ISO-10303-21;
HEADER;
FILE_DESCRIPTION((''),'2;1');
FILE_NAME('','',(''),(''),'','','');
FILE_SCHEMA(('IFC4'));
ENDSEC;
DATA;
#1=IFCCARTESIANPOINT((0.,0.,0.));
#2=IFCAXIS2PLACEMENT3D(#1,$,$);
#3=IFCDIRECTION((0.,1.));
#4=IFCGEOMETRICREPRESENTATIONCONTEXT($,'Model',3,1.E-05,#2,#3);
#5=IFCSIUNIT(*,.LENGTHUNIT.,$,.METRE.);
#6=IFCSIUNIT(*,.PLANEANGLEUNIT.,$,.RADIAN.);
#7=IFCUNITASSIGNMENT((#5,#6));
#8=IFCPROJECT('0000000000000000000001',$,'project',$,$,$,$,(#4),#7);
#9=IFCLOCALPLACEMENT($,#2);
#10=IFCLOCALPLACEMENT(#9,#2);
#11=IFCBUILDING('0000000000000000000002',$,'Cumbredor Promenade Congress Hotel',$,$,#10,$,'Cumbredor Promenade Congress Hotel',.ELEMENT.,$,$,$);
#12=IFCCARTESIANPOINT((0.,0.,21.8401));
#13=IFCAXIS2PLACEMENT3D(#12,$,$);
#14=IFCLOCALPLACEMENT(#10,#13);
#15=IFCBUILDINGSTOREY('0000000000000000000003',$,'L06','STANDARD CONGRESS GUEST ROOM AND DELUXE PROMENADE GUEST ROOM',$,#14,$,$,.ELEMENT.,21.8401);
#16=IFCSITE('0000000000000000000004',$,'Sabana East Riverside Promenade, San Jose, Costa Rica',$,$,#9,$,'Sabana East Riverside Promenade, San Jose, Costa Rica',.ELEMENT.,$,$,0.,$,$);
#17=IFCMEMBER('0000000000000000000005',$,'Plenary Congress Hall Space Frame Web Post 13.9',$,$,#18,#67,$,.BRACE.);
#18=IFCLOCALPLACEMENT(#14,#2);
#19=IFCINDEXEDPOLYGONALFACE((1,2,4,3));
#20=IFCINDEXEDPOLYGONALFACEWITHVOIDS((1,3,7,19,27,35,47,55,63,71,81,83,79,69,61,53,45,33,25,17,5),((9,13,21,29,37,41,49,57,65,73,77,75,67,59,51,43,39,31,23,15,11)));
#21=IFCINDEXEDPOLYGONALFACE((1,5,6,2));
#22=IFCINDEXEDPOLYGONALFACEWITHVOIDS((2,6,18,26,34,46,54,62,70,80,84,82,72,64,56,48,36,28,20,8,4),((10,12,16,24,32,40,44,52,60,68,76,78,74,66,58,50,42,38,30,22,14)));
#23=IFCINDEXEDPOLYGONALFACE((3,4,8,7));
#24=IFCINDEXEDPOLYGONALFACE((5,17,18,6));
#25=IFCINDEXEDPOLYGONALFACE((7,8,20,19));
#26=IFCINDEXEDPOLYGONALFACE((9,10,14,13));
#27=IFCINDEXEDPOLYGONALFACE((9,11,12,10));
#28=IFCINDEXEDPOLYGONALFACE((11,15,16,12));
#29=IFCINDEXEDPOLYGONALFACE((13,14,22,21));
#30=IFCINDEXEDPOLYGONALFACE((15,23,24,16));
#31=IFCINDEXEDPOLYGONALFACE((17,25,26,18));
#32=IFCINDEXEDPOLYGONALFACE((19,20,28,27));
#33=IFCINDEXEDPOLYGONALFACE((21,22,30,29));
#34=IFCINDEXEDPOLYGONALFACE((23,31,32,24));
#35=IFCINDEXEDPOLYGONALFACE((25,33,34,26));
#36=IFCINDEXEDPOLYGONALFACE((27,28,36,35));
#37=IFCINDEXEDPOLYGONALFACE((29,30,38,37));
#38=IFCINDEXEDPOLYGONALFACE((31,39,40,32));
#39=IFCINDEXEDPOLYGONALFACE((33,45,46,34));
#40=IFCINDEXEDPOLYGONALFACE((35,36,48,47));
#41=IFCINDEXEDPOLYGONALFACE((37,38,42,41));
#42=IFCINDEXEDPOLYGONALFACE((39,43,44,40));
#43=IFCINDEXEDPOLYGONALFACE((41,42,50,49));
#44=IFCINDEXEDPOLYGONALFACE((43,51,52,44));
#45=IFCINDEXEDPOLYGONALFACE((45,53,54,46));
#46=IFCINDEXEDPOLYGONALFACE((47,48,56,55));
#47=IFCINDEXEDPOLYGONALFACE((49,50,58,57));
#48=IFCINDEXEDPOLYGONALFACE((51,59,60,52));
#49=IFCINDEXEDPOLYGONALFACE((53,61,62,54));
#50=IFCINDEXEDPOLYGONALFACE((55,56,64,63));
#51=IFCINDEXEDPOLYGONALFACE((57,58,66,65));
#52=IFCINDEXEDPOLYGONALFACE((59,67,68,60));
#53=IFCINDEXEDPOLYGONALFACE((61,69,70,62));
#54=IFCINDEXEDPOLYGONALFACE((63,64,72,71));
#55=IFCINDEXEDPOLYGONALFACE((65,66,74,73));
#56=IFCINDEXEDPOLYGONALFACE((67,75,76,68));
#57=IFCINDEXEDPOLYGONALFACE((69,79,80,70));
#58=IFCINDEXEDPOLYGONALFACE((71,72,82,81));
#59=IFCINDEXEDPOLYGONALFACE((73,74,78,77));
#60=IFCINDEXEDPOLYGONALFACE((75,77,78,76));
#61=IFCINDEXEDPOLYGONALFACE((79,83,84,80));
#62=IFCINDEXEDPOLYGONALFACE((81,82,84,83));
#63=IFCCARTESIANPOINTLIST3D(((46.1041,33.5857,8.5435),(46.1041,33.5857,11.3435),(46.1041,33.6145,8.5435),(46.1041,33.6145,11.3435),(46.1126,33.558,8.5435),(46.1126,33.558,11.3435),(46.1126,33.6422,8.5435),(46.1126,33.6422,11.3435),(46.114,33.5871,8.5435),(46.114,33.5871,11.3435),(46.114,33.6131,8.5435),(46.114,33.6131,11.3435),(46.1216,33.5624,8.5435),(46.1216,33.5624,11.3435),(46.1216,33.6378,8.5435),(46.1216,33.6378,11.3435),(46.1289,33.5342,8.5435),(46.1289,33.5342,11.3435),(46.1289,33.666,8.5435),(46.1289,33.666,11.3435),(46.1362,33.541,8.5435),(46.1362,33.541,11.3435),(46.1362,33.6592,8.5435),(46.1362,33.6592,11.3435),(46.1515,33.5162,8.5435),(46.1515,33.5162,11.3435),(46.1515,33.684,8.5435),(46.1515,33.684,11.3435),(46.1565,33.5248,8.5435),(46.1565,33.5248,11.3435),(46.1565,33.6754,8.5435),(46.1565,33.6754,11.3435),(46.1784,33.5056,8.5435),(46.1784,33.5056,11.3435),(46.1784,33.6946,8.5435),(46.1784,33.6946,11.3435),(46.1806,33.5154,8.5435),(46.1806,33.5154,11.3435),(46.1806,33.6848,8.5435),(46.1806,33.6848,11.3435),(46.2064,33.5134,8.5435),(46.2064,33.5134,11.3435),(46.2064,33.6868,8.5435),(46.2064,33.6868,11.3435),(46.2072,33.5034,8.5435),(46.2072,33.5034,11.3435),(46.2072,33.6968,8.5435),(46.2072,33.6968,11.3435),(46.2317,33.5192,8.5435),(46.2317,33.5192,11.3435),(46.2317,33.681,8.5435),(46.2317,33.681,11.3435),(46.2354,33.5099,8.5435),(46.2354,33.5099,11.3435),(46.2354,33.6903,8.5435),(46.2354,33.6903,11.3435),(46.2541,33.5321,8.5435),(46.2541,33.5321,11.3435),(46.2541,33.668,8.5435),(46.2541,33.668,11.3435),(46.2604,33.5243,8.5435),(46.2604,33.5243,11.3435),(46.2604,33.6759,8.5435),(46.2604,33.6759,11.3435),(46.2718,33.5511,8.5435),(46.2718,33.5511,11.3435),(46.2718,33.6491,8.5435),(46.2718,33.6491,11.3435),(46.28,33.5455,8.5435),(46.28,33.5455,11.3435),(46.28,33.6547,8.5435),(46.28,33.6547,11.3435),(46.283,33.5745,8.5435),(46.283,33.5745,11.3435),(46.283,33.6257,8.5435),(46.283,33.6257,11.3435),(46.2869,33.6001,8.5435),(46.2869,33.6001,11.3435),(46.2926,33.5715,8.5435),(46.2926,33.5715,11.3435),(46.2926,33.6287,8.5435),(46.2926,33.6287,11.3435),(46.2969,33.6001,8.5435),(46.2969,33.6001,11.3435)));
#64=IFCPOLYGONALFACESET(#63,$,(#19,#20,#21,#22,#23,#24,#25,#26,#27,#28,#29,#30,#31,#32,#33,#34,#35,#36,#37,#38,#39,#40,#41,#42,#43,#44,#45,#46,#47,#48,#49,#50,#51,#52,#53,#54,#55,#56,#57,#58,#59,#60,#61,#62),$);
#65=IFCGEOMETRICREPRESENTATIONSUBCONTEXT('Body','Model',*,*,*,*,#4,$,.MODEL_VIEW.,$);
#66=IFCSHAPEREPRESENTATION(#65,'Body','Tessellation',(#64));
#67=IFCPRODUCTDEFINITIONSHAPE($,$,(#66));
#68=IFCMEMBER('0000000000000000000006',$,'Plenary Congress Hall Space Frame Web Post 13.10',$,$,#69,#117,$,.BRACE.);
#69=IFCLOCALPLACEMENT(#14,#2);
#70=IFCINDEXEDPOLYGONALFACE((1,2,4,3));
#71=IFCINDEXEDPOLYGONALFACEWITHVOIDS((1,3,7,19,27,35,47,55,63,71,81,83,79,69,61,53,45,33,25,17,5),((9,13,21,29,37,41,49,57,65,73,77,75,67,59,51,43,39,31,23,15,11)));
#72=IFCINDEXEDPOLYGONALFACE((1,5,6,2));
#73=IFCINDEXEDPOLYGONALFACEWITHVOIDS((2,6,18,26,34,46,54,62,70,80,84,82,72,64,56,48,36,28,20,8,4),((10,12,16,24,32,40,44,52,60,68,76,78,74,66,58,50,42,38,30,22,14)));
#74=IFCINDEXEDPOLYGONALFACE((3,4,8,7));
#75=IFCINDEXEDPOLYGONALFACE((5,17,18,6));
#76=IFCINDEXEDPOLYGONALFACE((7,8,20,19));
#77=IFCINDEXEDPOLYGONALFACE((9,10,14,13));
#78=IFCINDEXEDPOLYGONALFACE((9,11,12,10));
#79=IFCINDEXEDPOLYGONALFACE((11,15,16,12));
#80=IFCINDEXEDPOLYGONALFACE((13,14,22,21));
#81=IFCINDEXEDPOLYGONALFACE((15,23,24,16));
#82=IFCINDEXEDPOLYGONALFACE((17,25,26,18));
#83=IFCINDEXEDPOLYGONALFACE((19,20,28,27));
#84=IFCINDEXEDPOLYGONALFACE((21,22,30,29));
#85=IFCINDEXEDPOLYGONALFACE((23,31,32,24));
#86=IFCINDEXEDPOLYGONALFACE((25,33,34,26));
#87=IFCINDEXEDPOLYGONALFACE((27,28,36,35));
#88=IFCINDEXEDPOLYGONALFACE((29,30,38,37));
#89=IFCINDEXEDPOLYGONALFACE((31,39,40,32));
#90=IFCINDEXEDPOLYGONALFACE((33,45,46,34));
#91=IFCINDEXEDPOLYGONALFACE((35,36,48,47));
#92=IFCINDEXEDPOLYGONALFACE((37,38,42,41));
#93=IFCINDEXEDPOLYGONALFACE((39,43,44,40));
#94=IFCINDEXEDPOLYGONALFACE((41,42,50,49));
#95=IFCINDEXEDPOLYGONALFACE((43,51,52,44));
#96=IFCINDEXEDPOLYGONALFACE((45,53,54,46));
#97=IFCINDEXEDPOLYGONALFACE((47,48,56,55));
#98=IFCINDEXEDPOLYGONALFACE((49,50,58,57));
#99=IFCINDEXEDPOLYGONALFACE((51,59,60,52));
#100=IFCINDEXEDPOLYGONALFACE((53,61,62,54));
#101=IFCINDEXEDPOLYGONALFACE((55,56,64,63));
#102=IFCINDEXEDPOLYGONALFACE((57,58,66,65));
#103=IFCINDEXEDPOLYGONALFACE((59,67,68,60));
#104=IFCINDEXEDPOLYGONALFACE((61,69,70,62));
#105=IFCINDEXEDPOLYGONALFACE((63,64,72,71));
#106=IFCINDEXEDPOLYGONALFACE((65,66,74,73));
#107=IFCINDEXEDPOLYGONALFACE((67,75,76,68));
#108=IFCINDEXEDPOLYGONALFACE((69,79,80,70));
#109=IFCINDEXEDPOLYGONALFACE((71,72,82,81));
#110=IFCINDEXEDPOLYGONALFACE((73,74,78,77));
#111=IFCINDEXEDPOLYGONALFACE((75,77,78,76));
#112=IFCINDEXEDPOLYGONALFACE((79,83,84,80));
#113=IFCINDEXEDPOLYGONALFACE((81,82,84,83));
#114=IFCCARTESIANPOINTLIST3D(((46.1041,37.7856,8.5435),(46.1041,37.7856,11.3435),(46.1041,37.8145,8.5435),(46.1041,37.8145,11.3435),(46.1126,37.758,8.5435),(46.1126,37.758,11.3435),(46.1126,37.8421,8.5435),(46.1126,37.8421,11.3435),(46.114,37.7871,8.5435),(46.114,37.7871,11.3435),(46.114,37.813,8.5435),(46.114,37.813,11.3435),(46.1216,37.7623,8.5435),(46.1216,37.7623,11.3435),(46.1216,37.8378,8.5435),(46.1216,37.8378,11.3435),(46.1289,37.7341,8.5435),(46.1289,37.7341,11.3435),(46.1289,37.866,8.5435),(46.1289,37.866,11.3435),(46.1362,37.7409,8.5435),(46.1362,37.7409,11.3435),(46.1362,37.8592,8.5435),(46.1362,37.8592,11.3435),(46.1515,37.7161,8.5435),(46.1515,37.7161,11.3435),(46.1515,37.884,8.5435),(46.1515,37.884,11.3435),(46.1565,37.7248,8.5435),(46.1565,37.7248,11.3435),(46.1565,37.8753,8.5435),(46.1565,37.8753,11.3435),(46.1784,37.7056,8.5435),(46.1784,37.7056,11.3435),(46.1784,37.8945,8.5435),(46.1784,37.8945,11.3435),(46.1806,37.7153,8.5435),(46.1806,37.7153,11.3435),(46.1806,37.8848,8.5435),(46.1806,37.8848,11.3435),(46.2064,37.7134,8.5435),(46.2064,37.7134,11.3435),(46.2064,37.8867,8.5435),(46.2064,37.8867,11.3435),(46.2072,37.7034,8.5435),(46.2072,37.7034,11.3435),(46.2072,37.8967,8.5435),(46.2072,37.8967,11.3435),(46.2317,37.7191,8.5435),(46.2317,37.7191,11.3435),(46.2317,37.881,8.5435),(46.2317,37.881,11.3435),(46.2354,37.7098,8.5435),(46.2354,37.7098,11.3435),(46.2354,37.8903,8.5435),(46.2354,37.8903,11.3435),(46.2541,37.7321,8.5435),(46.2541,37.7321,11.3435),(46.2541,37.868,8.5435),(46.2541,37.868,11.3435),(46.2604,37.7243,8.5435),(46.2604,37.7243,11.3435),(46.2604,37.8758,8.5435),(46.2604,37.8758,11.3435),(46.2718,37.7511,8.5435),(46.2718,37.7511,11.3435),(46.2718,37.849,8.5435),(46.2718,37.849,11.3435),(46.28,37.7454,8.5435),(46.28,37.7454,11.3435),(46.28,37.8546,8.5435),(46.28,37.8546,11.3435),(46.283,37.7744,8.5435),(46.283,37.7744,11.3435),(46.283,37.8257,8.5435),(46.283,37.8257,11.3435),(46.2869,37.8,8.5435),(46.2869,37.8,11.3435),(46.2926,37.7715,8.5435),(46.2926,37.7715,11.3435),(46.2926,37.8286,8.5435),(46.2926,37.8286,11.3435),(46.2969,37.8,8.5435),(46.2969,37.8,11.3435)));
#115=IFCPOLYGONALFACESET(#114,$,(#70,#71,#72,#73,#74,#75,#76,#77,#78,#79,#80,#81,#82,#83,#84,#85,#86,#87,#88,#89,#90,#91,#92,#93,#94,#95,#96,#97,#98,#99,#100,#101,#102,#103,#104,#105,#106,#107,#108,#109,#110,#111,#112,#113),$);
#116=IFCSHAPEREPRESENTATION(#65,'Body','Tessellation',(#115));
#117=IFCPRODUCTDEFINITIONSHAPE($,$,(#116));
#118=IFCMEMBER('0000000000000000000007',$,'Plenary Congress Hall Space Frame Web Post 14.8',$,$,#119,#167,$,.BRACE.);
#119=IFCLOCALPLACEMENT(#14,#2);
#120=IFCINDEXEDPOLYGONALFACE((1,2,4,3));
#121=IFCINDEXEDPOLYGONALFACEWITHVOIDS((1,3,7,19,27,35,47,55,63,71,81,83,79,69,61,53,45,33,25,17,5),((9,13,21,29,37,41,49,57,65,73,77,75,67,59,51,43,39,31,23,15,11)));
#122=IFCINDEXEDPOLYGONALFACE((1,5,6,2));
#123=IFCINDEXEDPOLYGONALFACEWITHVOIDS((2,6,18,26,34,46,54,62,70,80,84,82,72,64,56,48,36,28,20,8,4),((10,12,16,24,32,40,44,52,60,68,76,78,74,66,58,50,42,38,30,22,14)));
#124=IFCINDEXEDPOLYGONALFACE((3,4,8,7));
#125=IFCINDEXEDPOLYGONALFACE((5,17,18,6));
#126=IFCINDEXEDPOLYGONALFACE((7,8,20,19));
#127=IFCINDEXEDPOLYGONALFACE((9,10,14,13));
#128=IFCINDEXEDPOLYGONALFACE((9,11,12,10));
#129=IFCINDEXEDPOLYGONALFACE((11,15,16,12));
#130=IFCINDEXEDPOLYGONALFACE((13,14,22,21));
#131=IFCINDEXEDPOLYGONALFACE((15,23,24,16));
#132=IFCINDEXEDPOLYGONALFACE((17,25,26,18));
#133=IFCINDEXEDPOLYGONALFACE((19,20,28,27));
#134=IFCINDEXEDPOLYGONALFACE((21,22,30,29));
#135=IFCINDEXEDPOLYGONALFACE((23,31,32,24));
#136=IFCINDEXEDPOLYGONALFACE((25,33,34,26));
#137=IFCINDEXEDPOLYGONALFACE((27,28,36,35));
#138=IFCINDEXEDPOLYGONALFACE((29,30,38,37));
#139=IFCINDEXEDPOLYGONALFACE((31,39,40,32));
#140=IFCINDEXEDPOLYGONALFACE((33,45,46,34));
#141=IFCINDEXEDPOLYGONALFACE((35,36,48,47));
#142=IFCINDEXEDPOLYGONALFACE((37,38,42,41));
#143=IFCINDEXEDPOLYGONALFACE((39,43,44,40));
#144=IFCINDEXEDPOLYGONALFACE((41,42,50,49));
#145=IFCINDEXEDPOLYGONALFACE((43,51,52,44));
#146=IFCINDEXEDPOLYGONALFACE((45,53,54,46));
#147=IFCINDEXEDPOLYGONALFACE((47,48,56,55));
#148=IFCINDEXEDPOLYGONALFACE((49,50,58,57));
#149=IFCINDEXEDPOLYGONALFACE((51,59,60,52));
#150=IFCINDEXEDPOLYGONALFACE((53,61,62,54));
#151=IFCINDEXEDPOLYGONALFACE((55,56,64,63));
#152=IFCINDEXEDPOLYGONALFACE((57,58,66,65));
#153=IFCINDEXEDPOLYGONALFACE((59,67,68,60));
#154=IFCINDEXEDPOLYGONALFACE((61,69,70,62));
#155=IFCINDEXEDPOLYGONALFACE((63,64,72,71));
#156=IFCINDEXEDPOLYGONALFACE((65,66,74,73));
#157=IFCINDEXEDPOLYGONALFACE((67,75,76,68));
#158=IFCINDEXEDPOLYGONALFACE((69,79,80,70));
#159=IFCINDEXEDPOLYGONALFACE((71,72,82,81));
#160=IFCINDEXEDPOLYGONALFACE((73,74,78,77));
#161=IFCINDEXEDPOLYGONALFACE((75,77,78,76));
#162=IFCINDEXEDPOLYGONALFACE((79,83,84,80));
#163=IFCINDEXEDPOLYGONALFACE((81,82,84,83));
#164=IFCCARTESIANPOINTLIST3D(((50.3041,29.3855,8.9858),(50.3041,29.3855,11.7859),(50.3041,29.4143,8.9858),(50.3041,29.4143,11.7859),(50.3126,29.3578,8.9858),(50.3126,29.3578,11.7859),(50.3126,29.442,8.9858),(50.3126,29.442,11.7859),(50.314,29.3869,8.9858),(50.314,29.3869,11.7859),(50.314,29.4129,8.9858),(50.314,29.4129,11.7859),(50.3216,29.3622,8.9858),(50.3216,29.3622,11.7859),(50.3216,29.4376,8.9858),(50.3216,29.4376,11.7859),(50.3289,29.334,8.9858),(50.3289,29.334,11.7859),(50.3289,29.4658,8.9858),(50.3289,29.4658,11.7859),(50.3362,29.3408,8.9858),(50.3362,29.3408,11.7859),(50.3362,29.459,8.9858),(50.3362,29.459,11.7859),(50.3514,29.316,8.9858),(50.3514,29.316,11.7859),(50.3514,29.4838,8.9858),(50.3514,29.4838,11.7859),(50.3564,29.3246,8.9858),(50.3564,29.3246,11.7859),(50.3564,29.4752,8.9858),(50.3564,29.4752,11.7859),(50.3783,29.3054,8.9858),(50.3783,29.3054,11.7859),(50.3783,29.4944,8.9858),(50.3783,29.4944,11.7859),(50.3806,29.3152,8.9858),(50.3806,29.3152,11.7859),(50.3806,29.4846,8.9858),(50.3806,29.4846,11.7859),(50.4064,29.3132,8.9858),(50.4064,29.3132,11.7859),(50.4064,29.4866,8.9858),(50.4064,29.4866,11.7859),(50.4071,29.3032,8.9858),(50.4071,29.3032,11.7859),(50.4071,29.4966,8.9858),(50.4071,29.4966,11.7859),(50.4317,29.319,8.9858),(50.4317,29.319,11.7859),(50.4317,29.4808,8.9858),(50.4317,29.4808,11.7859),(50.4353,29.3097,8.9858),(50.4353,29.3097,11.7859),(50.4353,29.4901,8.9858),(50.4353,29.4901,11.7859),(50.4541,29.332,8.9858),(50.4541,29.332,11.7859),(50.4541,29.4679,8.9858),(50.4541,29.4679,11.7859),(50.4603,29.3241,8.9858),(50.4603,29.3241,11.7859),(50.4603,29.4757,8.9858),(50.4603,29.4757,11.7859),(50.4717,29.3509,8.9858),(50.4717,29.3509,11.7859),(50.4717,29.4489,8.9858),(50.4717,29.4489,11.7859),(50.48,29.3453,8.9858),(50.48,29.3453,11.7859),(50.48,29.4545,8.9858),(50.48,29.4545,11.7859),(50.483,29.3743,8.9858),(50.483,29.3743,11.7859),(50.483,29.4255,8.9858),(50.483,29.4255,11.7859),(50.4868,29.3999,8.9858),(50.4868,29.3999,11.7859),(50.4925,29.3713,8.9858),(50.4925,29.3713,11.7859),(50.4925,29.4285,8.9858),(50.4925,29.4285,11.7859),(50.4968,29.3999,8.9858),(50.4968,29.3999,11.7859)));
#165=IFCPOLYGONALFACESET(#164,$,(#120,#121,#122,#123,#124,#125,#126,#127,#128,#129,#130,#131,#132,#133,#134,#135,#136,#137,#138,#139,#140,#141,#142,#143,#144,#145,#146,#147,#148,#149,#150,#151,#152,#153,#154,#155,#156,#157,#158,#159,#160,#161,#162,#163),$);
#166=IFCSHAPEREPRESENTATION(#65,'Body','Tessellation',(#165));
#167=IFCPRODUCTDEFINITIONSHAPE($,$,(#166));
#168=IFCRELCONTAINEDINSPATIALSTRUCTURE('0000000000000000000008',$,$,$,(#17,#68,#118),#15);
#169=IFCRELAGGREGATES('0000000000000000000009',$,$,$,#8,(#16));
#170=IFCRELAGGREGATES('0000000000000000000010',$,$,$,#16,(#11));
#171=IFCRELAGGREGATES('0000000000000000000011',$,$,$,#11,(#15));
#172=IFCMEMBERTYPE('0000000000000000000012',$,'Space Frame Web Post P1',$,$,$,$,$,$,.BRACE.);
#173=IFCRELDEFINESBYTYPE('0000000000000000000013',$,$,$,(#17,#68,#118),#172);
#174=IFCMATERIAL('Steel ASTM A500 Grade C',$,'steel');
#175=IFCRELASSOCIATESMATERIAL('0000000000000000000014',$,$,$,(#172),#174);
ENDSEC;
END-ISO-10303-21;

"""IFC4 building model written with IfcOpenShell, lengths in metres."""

from ifc_helpers import new_model, si_unit, direction, frame, origin, origin_2d, place, context, subcontext, project, spatial, hollow_circle, extrude, material, material_profile, profile_set, type_object, element, save


model = new_model("IFC4")

# Units and contexts
model_context = context("Model", 3, precision=1e-05, world=origin(), true_north=direction((0.0, 1.0)))
body_context = subcontext(model_context, "Body", "Model", "MODEL_VIEW")
ifc_project = project(units=[si_unit("LENGTHUNIT", "METRE"), si_unit("PLANEANGLEUNIT", "RADIAN")], contexts=[model_context])

# Site, building, storey
site_placement = place(None, origin())
site = spatial("IfcSite", under=ifc_project, at=site_placement, Name="Sabana East Riverside Promenade, San Jose, Costa Rica", LongName="Sabana East Riverside Promenade, San Jose, Costa Rica", CompositionType="ELEMENT", RefElevation=0.0)
building_placement = place(site_placement, origin())
building = spatial("IfcBuilding", under=site, at=building_placement, Name="Cumbredor Promenade Congress Hotel", LongName="Cumbredor Promenade Congress Hotel", CompositionType="ELEMENT")
storey_placement = place(building_placement, frame((0.0, 0.0, 21.8401)))
storey = spatial("IfcBuildingStorey", under=building, at=storey_placement, Name="L06", Description="STANDARD CONGRESS GUEST ROOM AND DELUXE PROMENADE GUEST ROOM", CompositionType="ELEMENT", Elevation=21.8401)

# Members
ifc_material_1 = material(Name="Steel ASTM A500 Grade C", Category="steel")
ifc_material_profile_1 = material_profile(ifc_material_1, hollow_circle(Radius=0.0969, WallThickness=0.01, at=origin_2d()), Name="CHS 193.7x10")
ifc_profile_set_1 = profile_set([ifc_material_profile_1], Name="Steel ASTM A500 Grade C")
member_type_1 = type_object("IfcMemberType", Name="Space Frame Web Post P1", PredefinedType="BRACE", material=ifc_profile_set_1)
for number, where, z_axis, x_axis, name in (
    (1, (46.2, 33.6001, 8.5435), (0.0, 0.0, 1.0), (1.0, 0.0, 0.0), "Plenary Congress Hall Space Frame Web Post 13.9"),
    (2, (46.2, 37.8, 8.5435), (0.0, 0.0, 1.0), (1.0, 0.0, 0.0), "Plenary Congress Hall Space Frame Web Post 13.10"),
    (3, (50.3999, 29.3999, 8.9858), (0.0, 0.0, 1.0), (1.0, 0.0, 0.0), "Plenary Congress Hall Space Frame Web Post 14.8"),
):
    element("IfcMember", number, at=place(storey_placement, frame(where, z_axis=z_axis, x_axis=x_axis)), inside=storey, type_object=member_type_1, Name=name, PredefinedType="BRACE", context=body_context, shape_type="SweptSolid", body=[
        extrude(hollow_circle(Radius=0.0969, WallThickness=0.01, at=origin_2d()), origin(), (0.0, 0.0, 1.0), 2.8),
    ])

save(model, "model.ifc")
